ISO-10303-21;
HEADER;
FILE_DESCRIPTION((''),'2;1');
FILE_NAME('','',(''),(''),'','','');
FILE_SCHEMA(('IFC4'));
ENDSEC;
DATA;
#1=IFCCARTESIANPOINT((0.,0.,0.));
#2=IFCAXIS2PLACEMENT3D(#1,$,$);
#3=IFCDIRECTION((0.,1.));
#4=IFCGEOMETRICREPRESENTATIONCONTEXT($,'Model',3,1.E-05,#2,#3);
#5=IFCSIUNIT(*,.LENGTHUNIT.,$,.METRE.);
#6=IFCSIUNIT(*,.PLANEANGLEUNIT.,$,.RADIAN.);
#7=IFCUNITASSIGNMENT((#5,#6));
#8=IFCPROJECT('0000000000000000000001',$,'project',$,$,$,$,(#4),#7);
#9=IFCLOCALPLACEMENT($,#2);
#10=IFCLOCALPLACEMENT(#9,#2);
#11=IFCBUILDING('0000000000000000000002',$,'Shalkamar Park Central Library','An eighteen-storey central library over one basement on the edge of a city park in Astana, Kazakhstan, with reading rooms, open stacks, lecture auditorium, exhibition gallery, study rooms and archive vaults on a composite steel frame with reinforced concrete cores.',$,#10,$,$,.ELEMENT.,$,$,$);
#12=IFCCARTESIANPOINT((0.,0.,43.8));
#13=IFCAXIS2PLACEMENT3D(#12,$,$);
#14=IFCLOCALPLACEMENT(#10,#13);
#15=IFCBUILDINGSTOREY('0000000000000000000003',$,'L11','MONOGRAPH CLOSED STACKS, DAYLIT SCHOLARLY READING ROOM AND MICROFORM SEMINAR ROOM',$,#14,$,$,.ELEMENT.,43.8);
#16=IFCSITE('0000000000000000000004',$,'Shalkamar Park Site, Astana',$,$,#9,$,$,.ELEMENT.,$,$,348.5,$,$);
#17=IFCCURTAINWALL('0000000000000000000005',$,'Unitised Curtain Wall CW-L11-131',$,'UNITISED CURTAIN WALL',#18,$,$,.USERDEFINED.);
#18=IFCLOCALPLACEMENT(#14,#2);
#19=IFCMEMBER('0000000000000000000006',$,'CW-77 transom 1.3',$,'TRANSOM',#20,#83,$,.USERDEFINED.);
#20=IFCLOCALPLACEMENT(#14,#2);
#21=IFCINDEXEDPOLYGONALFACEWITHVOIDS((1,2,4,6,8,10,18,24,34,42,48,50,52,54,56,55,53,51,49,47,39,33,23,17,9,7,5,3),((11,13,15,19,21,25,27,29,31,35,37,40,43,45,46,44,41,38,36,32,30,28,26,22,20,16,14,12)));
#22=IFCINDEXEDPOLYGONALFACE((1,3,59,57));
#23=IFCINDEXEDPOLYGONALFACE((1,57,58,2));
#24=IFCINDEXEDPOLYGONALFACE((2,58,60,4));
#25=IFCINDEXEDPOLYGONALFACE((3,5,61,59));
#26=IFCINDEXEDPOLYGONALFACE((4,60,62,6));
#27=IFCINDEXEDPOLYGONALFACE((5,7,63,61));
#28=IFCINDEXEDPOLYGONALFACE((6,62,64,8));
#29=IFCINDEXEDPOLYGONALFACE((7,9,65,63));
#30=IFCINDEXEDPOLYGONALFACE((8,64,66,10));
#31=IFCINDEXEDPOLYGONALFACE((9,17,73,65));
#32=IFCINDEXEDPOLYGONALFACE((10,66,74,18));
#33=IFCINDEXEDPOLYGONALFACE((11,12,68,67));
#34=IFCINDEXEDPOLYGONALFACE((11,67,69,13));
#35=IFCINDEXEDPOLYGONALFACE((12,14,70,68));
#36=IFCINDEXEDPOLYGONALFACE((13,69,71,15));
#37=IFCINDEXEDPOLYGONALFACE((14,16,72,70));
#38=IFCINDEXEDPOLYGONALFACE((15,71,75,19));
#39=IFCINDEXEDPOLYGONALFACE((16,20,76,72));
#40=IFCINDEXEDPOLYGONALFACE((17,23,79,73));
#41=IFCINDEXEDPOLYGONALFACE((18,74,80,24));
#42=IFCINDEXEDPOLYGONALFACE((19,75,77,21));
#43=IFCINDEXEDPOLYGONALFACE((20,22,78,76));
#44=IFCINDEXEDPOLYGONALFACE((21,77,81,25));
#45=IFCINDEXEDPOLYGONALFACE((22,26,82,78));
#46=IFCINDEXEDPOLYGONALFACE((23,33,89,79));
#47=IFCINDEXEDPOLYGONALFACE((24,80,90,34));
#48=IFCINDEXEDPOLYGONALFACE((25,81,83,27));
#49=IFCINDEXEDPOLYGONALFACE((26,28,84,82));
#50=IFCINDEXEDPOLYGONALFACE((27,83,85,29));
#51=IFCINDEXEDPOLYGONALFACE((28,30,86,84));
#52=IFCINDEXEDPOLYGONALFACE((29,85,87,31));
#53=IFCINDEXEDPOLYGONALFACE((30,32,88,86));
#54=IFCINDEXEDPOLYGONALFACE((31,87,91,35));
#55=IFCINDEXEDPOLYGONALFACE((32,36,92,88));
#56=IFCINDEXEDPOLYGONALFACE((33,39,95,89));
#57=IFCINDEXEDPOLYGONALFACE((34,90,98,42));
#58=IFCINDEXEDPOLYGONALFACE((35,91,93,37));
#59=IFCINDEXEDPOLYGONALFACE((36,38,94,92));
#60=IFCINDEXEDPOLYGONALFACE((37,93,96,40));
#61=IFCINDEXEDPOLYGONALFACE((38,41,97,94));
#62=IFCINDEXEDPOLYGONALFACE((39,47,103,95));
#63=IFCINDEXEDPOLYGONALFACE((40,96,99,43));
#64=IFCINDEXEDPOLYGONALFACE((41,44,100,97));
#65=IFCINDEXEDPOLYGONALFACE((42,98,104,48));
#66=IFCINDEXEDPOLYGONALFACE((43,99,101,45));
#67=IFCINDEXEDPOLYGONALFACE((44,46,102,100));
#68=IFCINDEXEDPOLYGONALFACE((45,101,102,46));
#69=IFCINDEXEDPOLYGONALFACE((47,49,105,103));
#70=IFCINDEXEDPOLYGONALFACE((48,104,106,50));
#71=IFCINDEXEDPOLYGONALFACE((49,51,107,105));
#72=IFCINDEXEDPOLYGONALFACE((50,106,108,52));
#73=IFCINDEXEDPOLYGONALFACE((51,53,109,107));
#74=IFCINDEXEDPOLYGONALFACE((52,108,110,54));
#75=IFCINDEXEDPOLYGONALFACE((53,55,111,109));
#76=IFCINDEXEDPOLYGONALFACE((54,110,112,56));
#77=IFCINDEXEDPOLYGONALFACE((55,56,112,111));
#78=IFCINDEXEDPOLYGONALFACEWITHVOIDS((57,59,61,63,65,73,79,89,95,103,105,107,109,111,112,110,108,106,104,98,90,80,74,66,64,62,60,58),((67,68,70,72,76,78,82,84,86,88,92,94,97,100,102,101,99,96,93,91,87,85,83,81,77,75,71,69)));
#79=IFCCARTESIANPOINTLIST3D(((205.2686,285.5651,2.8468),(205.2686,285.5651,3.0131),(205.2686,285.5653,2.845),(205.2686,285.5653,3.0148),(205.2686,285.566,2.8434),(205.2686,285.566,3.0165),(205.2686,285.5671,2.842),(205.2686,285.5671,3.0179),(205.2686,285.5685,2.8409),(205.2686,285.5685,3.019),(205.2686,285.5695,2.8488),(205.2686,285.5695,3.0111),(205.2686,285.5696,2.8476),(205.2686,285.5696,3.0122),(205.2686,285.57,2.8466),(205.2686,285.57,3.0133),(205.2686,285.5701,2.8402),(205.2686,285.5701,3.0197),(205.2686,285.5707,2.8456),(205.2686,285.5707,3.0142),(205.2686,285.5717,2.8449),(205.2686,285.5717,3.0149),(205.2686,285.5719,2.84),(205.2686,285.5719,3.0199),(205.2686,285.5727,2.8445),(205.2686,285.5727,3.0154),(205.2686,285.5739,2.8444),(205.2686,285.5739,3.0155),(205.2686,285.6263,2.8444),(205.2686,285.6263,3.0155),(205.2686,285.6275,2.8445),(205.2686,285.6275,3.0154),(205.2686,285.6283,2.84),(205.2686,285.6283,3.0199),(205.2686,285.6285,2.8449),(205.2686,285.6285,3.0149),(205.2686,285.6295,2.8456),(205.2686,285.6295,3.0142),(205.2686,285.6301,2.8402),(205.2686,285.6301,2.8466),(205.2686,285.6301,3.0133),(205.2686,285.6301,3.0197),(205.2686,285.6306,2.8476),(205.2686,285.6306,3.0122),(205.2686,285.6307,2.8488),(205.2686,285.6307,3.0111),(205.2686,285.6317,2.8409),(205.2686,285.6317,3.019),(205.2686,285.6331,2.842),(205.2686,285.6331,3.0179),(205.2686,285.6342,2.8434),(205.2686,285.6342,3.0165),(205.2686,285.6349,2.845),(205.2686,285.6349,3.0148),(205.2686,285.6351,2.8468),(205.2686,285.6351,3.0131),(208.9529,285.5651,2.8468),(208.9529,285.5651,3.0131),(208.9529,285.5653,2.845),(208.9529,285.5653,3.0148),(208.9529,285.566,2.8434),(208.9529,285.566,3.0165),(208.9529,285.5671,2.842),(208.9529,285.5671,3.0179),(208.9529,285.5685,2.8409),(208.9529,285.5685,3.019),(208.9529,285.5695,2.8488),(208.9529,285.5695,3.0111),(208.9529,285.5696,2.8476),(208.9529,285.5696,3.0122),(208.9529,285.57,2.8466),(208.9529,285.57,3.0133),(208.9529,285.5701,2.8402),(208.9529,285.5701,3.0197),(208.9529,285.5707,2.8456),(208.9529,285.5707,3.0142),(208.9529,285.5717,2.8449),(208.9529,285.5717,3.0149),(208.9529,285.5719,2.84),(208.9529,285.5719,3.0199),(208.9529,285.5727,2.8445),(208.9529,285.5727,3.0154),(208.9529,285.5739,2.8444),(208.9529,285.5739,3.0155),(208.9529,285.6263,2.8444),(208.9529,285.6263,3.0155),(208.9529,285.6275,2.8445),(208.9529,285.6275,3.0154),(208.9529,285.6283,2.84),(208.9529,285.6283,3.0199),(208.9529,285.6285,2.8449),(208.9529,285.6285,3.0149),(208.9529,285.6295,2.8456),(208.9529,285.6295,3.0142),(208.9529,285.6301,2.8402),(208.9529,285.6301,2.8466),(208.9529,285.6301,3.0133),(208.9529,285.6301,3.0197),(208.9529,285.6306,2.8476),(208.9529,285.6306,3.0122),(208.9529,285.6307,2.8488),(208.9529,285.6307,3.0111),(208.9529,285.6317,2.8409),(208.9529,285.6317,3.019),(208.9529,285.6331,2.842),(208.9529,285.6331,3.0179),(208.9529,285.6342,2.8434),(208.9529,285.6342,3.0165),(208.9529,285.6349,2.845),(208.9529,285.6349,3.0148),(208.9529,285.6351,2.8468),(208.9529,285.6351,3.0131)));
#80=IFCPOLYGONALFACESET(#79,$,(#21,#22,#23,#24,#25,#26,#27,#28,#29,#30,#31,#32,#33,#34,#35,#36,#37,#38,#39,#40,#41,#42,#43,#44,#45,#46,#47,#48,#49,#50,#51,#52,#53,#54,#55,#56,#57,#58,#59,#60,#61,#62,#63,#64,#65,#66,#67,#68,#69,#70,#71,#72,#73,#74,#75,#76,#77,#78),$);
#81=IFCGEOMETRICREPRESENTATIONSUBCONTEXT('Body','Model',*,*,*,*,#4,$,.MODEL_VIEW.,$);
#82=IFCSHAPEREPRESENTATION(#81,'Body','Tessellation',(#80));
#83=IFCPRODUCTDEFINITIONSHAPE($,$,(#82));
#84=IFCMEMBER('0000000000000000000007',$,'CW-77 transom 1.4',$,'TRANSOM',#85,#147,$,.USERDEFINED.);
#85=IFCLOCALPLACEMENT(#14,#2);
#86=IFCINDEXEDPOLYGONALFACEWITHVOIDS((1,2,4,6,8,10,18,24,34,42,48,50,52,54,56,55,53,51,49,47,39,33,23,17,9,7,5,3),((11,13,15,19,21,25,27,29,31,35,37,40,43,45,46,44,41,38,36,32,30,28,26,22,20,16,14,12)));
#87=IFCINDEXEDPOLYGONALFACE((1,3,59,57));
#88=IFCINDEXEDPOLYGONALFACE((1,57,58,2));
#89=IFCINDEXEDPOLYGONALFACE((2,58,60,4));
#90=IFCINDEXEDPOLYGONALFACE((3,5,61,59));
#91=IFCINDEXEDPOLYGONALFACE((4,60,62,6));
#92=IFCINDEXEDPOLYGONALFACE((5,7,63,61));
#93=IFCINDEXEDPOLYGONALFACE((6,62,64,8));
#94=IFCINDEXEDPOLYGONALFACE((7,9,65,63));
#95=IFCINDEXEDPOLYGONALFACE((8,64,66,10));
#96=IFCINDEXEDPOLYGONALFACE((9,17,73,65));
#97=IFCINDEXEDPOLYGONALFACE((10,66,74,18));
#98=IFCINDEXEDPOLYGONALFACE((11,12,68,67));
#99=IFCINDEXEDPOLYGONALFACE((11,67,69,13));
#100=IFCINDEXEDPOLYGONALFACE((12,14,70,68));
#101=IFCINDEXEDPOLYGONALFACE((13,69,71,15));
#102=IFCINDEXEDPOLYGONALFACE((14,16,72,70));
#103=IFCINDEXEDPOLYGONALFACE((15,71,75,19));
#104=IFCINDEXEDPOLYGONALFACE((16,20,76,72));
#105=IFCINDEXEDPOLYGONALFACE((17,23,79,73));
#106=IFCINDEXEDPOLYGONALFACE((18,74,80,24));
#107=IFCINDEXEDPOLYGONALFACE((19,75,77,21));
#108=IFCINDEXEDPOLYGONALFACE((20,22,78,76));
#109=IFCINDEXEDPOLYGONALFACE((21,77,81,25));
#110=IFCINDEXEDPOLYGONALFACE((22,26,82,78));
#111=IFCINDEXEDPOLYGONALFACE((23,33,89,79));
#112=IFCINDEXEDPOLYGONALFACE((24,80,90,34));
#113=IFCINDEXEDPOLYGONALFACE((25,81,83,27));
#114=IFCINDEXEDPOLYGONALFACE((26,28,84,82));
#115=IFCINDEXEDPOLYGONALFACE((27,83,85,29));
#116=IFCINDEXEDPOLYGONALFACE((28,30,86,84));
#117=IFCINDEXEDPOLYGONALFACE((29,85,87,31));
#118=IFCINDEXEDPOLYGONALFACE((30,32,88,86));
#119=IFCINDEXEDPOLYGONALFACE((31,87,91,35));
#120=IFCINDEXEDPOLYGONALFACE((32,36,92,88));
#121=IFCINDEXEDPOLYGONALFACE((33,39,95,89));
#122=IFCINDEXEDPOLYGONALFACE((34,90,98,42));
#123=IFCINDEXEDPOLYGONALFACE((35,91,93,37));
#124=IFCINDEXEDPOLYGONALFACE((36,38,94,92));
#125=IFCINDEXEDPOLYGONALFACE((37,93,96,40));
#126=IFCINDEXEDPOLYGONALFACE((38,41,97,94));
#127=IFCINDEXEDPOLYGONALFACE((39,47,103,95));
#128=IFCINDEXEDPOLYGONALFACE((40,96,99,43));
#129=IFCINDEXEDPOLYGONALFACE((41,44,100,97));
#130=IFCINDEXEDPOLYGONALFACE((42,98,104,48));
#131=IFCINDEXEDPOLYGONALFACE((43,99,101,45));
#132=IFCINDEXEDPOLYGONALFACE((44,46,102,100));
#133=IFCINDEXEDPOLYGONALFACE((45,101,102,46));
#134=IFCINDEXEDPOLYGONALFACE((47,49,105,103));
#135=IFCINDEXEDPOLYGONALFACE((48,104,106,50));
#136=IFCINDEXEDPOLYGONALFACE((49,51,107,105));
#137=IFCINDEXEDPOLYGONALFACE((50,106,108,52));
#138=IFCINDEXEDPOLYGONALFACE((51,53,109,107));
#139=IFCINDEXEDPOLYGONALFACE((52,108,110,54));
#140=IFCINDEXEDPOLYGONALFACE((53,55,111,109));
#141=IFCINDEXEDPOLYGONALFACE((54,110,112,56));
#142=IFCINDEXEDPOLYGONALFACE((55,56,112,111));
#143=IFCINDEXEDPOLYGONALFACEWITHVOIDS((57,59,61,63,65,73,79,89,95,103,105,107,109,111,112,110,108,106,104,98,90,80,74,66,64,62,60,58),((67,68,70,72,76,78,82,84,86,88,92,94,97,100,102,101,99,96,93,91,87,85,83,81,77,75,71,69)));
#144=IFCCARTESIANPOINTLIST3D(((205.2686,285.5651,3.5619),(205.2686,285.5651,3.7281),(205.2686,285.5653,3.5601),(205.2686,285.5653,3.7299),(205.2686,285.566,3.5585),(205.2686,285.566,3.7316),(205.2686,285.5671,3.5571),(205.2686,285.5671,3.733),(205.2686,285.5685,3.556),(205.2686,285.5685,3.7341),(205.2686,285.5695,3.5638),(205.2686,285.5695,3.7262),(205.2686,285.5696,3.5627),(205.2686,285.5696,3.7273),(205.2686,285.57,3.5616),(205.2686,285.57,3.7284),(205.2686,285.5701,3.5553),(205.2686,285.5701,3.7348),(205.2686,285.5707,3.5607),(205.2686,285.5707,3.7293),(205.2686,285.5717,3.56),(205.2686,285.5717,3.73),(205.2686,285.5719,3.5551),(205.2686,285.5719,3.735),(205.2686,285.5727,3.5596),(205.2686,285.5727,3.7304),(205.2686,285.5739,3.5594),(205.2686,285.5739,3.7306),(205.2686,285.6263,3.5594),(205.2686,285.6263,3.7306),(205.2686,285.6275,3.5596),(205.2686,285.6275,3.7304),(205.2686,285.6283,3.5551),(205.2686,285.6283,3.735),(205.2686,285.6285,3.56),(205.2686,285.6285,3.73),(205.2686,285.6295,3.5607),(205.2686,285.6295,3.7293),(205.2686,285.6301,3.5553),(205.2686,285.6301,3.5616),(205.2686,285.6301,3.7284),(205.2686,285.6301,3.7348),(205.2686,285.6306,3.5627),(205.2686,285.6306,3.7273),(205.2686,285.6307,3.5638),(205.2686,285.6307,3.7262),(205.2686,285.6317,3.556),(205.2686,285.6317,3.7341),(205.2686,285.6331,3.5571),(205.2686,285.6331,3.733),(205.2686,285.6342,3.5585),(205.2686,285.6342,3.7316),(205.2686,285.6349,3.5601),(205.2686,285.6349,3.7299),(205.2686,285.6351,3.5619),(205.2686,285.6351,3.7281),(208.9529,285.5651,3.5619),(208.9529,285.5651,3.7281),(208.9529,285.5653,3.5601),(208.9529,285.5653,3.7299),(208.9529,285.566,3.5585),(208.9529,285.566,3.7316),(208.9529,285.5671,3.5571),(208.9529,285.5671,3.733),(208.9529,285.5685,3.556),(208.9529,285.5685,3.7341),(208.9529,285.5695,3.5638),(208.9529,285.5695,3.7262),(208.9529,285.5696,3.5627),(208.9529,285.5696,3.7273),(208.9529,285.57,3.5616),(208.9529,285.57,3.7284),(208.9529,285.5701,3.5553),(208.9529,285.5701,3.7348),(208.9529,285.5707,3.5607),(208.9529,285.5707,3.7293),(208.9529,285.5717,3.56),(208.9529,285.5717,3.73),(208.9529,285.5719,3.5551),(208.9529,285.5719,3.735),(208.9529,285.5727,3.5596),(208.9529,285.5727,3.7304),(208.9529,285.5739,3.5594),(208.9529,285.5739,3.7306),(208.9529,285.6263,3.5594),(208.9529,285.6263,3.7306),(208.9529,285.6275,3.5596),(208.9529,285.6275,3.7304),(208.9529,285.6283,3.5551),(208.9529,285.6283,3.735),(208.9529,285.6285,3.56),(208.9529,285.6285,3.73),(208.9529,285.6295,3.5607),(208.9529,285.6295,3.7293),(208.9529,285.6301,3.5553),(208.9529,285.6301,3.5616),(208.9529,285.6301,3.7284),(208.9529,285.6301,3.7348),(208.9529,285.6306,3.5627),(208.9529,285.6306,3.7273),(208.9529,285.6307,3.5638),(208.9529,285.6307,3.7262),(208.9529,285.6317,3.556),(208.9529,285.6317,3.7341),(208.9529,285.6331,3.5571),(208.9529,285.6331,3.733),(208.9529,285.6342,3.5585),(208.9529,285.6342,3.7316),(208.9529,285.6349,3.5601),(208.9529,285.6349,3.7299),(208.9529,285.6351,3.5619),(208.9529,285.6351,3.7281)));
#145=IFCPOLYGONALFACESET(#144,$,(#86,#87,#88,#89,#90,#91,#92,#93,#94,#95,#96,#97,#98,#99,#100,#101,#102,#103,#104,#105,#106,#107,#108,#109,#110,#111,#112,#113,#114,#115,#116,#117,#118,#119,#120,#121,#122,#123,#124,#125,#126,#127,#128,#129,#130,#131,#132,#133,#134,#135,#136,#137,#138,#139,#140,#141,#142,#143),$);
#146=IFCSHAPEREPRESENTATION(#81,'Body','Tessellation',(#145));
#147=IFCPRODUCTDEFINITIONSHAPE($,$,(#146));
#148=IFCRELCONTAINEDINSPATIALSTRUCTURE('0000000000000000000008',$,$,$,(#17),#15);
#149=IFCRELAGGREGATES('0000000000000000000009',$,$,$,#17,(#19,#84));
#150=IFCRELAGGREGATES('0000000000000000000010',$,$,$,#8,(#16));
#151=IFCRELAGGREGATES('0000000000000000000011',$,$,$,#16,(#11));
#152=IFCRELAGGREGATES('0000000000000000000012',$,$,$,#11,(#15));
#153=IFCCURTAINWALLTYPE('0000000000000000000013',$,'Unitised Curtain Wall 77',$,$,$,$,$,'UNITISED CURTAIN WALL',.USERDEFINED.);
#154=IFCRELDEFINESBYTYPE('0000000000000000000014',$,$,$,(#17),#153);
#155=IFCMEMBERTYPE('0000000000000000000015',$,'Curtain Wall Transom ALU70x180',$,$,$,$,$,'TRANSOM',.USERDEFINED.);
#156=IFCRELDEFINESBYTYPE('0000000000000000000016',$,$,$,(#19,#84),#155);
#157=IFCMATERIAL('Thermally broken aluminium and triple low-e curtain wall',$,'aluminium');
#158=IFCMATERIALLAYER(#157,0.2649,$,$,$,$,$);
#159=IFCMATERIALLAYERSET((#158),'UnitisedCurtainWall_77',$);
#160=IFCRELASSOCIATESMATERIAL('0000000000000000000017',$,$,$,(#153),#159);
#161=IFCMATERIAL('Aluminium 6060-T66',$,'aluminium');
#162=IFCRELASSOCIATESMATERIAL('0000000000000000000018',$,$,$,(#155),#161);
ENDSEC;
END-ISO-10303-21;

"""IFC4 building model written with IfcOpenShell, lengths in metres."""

from ifc_helpers import new_model, si_unit, direction, frame, origin, origin_2d, place, context, subcontext, project, spatial, hollow_rectangle, extrude, material, layer, layer_set, material_profile, profile_set, type_object, element, aggregate, save


model = new_model("IFC4")

# Units and contexts
model_context = context("Model", 3, precision=1e-05, world=origin(), true_north=direction((0.0, 1.0)))
body_context = subcontext(model_context, "Body", "Model", "MODEL_VIEW")
ifc_project = project(units=[si_unit("LENGTHUNIT", "METRE"), si_unit("PLANEANGLEUNIT", "RADIAN")], contexts=[model_context])

# Site, building, storey
site_placement = place(None, origin())
site = spatial("IfcSite", under=ifc_project, at=site_placement, Name="Shalkamar Park Site, Astana", CompositionType="ELEMENT", RefElevation=348.5)
building_placement = place(site_placement, origin())
building = spatial("IfcBuilding", under=site, at=building_placement, Name="Shalkamar Park Central Library", Description="An eighteen-storey central library over one basement on the edge of a city park in Astana, Kazakhstan, with reading rooms, open stacks, lecture auditorium, exhibition gallery, study rooms and archive vaults on a composite steel frame with reinforced concrete cores.", CompositionType="ELEMENT")
storey_placement = place(building_placement, frame((0.0, 0.0, 43.8)))
storey = spatial("IfcBuildingStorey", under=building, at=storey_placement, Name="L11", Description="MONOGRAPH CLOSED STACKS, DAYLIT SCHOLARLY READING ROOM AND MICROFORM SEMINAR ROOM", CompositionType="ELEMENT", Elevation=43.8)

# Curtain wall
ifc_material_1 = material(Name="Thermally broken aluminium and triple low-e curtain wall", Category="aluminium")
ifc_material_2 = material(Name="Aluminium 6060-T66", Category="aluminium")
ifc_layer_1 = layer(ifc_material_1, 0.2649)
ifc_layer_set_1 = layer_set([ifc_layer_1], Name="UnitisedCurtainWall_77")
curtain_wall_type_1 = type_object("IfcCurtainWallType", Name="Unitised Curtain Wall 77", ElementType="UNITISED CURTAIN WALL", PredefinedType="USERDEFINED", material=ifc_layer_set_1)
curtain_wall_1_placement = place(storey_placement, origin())
curtain_wall_1 = element("IfcCurtainWall", 1, at=curtain_wall_1_placement, inside=storey, type_object=curtain_wall_type_1, Name="Unitised Curtain Wall CW-L11-131", ObjectType="UNITISED CURTAIN WALL", PredefinedType="USERDEFINED")

# Members
ifc_material_profile_1 = material_profile(ifc_material_2, hollow_rectangle(XDim=0.0701, YDim=0.1799, WallThickness=0.0044, InnerFilletRadius=0.0044, OuterFilletRadius=0.0068, at=origin_2d()), Name="ALU 70x180x4.5")
ifc_profile_set_1 = profile_set([ifc_material_profile_1], Name="Aluminium 6060-T66")
member_type_1 = type_object("IfcMemberType", Name="Curtain Wall Transom ALU70x180", ElementType="TRANSOM", PredefinedType="USERDEFINED", material=ifc_profile_set_1)
member_1_placement = place(storey_placement, frame((205.2686, 285.6001, 2.9299), z_axis=(1.0, 0.0, 0.0), x_axis=(0.0, 1.0, 0.0)))
member_1 = element("IfcMember", 2, at=member_1_placement, type_object=member_type_1, Name="CW-77 transom 1.3", ObjectType="TRANSOM", PredefinedType="USERDEFINED", context=body_context, shape_type="SweptSolid", body=[
    extrude(hollow_rectangle(XDim=0.0701, YDim=0.1799, WallThickness=0.0044, InnerFilletRadius=0.0044, OuterFilletRadius=0.0068, at=origin_2d()), origin(), (0.0, 0.0, 1.0), 3.6843),
])
member_2_placement = place(storey_placement, frame((205.2686, 285.6001, 3.645), z_axis=(1.0, 0.0, 0.0), x_axis=(0.0, 1.0, 0.0)))
member_2 = element("IfcMember", 3, at=member_2_placement, type_object=member_type_1, Name="CW-77 transom 1.4", ObjectType="TRANSOM", PredefinedType="USERDEFINED", context=body_context, shape_type="SweptSolid", body=[
    extrude(hollow_rectangle(XDim=0.0701, YDim=0.1799, WallThickness=0.0044, InnerFilletRadius=0.0044, OuterFilletRadius=0.0068, at=origin_2d()), origin(), (0.0, 0.0, 1.0), 3.6843),
])

aggregate(curtain_wall_1, [member_1, member_2])

save(model, "model.ifc")
